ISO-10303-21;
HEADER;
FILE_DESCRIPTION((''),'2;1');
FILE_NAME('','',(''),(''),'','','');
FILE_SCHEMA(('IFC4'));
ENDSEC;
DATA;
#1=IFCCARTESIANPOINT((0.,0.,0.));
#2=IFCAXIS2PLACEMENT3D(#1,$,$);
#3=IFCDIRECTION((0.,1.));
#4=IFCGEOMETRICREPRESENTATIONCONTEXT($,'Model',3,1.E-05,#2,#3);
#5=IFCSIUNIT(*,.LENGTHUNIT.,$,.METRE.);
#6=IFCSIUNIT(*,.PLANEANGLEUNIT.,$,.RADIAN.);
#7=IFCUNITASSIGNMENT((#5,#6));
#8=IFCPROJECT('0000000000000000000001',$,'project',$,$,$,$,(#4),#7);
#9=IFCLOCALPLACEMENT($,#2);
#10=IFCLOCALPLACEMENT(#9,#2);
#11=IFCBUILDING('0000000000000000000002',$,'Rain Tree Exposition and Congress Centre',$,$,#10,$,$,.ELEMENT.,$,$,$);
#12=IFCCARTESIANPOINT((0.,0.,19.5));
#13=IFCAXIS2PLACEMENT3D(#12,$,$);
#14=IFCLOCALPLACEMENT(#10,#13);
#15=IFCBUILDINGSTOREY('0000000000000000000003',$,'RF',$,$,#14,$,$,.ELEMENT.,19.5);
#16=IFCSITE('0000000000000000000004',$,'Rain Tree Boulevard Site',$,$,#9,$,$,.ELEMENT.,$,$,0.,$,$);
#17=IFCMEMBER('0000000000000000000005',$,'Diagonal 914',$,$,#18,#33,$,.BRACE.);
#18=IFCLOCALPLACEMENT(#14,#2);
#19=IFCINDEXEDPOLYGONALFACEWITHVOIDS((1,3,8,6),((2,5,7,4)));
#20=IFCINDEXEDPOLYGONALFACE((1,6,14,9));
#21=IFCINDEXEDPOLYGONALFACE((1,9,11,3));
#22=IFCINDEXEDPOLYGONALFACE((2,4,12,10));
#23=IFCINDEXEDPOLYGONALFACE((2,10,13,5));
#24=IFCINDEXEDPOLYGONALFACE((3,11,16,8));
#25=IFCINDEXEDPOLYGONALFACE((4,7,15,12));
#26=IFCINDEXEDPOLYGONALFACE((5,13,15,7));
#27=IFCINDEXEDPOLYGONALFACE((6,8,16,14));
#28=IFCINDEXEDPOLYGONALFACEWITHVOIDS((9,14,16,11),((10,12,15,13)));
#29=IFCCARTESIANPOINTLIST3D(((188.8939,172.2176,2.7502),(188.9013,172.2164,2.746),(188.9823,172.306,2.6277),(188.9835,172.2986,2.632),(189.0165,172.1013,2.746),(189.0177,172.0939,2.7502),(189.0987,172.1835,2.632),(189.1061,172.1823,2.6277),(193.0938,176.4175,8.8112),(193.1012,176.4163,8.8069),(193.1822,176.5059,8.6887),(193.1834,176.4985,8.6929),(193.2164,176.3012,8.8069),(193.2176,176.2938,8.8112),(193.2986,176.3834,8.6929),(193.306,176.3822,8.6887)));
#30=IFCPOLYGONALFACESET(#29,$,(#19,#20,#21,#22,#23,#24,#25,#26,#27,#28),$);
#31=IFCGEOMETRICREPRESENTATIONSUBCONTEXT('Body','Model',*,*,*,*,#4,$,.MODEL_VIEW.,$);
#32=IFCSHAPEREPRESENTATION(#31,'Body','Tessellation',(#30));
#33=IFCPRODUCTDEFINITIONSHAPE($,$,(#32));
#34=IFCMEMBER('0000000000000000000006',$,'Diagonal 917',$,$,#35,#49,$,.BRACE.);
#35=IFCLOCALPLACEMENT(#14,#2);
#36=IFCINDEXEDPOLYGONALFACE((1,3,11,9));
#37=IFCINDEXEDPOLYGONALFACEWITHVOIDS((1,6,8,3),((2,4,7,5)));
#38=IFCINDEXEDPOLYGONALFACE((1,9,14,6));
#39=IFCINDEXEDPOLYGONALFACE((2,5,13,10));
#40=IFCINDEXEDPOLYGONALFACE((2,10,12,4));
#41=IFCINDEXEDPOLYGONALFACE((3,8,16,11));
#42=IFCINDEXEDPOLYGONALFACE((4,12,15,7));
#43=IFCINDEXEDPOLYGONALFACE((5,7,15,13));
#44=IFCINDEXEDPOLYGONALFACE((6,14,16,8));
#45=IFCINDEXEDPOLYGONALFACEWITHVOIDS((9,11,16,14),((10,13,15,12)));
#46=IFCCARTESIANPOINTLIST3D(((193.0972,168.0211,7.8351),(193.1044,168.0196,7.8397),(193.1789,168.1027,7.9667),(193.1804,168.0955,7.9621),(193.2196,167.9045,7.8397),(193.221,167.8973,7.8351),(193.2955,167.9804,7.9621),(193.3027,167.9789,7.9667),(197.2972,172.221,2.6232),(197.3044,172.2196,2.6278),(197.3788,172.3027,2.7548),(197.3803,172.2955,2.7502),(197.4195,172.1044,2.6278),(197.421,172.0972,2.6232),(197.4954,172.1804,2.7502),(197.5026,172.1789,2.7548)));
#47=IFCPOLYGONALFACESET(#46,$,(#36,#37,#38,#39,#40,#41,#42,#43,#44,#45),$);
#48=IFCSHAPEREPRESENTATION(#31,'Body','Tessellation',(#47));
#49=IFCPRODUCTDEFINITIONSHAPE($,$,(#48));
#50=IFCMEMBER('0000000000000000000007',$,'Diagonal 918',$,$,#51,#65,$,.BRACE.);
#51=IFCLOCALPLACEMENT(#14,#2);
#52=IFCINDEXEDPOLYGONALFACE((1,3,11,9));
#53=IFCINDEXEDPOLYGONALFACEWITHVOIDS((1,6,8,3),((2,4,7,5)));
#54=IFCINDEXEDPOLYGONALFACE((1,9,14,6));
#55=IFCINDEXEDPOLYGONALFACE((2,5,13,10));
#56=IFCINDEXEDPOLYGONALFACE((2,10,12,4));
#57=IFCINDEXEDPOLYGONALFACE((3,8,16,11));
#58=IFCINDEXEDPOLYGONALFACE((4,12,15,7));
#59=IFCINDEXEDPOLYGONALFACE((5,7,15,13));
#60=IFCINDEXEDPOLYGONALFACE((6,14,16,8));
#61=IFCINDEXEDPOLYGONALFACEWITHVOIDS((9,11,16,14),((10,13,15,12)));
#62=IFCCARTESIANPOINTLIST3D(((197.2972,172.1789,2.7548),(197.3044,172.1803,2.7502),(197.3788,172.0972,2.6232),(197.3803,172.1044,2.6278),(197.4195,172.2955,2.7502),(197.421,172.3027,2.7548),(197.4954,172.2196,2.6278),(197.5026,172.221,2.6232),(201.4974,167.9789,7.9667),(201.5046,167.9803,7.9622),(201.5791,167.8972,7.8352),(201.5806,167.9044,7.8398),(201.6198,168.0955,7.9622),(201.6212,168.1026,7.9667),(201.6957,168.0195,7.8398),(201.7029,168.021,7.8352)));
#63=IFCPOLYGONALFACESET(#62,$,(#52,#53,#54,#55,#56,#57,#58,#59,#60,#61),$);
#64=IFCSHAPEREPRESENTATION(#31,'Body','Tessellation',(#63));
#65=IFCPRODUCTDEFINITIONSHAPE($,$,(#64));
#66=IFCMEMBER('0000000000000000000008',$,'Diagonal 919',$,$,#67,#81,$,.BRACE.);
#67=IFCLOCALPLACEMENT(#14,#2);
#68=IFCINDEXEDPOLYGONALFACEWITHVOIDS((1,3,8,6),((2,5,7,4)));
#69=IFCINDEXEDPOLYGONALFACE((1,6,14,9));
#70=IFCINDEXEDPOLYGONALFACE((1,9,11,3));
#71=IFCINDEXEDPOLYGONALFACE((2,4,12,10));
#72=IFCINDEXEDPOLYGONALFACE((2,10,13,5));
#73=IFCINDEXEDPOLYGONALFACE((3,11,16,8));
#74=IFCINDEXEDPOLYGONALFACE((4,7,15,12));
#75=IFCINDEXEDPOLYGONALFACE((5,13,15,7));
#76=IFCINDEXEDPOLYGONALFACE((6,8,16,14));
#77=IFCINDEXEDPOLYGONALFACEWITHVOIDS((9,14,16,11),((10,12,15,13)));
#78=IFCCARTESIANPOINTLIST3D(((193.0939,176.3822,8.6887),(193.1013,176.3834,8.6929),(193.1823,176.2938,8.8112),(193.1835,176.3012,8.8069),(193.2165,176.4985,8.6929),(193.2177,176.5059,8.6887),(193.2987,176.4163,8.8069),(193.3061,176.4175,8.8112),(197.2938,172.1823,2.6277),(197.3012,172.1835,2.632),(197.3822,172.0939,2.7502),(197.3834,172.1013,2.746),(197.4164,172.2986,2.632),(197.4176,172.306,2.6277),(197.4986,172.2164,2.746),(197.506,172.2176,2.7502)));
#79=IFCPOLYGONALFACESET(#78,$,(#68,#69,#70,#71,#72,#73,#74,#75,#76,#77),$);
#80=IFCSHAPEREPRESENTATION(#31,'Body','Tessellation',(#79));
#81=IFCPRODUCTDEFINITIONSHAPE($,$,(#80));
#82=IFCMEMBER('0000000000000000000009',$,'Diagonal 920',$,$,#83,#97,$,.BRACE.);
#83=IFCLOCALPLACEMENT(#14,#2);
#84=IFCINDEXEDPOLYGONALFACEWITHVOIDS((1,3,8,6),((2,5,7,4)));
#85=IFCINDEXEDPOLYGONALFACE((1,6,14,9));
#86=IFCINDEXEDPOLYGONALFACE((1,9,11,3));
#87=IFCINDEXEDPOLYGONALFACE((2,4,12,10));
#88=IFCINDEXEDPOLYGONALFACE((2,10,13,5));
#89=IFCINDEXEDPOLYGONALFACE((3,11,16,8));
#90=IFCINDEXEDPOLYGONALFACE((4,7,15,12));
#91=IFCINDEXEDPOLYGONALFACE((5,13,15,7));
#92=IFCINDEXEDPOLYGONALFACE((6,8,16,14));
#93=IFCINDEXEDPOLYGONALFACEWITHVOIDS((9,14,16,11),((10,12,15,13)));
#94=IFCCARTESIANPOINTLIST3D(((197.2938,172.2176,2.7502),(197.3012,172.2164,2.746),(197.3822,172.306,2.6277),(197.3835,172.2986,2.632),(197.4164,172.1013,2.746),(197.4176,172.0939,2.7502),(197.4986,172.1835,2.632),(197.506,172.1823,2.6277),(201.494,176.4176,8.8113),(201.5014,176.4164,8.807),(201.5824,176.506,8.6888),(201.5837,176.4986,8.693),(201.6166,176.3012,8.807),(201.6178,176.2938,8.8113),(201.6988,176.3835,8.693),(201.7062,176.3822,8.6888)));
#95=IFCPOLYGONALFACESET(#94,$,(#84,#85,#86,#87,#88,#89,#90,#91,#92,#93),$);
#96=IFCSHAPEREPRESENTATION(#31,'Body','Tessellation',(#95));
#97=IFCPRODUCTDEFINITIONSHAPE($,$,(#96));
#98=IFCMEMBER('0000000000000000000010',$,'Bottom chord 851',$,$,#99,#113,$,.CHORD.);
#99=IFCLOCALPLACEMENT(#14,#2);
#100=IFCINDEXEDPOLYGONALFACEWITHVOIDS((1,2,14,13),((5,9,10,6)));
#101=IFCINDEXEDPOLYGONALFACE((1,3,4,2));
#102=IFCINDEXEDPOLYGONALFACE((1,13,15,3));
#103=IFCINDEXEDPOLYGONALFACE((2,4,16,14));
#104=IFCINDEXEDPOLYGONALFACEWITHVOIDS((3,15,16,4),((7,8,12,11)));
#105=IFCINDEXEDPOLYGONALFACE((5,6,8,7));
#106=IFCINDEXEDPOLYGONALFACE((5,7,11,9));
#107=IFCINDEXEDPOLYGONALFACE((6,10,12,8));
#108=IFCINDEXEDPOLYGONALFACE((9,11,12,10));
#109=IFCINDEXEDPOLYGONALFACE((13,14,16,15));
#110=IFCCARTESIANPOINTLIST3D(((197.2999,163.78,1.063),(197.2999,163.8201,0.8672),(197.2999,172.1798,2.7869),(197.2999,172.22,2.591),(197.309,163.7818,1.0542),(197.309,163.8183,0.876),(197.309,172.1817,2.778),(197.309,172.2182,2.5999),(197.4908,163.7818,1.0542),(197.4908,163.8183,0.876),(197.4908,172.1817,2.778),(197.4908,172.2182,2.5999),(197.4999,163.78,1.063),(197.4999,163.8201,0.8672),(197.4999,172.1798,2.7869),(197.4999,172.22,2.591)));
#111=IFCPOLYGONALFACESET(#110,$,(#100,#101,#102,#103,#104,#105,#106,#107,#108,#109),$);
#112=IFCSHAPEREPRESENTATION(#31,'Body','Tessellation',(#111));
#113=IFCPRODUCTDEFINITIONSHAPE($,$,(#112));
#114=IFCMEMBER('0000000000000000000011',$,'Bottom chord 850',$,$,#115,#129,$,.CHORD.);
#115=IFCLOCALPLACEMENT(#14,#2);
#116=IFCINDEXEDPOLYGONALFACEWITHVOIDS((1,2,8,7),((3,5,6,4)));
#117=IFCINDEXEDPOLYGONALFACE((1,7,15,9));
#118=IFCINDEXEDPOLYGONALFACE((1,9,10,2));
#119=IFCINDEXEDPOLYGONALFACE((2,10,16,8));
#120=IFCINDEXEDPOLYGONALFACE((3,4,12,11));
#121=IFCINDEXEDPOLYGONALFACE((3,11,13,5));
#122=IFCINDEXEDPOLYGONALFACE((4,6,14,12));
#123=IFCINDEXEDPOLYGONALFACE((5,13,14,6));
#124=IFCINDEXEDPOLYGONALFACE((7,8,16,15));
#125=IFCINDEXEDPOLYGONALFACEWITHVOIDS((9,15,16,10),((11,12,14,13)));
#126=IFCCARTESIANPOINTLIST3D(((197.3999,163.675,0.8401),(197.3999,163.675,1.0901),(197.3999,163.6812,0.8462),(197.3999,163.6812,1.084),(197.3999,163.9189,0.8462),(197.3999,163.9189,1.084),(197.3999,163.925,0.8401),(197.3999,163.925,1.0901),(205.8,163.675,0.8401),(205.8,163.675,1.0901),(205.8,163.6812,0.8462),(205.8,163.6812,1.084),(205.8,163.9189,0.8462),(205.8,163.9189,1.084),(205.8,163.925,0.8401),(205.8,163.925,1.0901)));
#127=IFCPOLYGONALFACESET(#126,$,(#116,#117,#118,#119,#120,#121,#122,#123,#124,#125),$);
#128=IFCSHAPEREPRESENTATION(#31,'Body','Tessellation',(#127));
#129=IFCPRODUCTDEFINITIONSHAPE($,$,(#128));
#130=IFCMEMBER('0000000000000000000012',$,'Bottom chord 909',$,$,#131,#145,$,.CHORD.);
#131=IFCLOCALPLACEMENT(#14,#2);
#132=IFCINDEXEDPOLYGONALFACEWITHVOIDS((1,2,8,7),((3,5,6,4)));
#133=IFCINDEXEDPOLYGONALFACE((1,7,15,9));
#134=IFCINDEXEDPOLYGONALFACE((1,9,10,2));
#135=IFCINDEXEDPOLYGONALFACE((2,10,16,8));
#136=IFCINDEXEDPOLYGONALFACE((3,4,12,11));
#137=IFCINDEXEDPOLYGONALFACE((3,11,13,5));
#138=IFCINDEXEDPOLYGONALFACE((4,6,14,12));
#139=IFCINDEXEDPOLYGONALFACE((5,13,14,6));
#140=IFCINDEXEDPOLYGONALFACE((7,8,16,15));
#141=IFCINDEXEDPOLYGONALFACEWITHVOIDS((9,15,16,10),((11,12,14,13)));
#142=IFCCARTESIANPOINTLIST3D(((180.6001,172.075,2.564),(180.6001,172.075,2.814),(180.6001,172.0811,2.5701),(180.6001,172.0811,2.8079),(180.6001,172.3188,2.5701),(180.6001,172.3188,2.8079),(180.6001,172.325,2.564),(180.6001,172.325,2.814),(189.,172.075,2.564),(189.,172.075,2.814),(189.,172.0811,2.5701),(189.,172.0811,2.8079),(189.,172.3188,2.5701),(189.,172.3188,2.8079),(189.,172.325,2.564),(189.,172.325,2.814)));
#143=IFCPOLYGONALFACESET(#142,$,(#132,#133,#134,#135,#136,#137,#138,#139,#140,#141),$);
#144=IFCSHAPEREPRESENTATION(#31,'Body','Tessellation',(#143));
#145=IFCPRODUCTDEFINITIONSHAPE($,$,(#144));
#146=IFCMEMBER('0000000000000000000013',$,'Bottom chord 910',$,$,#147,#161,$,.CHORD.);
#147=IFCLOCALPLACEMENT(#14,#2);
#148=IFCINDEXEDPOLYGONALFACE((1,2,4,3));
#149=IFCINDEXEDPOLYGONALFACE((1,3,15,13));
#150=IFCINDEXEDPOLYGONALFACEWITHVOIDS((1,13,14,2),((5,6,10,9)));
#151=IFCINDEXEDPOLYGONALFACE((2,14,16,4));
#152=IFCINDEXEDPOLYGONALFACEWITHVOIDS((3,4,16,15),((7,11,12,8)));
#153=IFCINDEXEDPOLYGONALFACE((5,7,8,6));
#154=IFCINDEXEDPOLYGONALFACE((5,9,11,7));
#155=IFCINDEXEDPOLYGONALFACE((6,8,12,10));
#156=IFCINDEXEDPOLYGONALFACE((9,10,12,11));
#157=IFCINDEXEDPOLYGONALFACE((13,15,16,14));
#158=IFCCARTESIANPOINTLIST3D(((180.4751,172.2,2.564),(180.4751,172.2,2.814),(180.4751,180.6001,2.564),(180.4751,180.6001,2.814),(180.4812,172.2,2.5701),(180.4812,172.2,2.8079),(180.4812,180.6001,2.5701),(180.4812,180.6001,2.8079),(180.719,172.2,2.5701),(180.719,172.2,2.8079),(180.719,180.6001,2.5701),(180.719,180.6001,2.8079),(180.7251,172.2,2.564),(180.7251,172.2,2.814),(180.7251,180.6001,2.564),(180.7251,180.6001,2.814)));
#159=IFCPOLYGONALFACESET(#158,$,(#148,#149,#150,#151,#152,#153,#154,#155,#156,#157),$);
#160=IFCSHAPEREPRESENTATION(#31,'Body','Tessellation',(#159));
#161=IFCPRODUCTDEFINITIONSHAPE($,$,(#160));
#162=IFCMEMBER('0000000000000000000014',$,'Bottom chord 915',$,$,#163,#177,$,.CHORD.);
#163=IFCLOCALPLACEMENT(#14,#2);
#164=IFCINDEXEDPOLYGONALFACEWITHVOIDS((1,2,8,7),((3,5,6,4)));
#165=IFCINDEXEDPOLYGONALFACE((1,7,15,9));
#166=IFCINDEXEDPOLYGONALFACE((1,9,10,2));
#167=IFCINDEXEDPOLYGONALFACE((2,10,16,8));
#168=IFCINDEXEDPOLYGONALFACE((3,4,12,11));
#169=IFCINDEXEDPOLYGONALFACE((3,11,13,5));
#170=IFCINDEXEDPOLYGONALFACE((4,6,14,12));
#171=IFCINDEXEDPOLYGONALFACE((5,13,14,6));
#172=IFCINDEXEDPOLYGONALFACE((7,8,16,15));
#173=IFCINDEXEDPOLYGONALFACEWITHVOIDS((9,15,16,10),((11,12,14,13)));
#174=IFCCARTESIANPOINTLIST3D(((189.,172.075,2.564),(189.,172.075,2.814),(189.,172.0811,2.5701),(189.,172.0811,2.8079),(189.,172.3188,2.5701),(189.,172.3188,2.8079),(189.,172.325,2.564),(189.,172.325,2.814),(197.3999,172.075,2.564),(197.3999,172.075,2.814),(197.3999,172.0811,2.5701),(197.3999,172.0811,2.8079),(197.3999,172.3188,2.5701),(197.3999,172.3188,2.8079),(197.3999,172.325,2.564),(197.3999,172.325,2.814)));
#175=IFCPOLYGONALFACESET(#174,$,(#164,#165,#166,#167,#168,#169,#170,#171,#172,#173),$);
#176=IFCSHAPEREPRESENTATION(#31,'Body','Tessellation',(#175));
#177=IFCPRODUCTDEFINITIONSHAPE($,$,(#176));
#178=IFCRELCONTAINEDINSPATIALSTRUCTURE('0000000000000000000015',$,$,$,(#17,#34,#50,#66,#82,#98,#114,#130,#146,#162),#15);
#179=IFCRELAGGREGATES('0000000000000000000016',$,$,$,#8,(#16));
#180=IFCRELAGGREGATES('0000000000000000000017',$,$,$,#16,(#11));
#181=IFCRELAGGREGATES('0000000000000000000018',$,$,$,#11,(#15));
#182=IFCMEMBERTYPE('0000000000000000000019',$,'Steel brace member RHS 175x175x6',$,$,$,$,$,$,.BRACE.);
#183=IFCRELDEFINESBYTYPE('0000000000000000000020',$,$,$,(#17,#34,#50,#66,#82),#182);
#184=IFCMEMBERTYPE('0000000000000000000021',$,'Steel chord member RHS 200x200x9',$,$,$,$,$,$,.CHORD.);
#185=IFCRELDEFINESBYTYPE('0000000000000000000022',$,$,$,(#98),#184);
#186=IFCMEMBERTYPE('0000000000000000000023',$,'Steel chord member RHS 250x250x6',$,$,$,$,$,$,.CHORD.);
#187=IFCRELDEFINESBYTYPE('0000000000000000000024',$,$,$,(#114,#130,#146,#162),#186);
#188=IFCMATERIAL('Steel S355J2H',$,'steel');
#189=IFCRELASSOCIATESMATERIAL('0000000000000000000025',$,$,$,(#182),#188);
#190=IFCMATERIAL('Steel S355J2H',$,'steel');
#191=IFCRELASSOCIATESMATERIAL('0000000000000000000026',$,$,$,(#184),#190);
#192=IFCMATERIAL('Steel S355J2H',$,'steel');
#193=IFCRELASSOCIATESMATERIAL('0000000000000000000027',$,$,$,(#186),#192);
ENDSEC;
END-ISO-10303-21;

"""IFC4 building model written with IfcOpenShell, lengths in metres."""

from ifc_helpers import new_model, si_unit, direction, frame, origin, origin_2d, place, context, subcontext, project, spatial, hollow_rectangle, extrude, material, material_profile, profile_set, type_object, element, save


model = new_model("IFC4")

# Units and contexts
model_context = context("Model", 3, precision=1e-05, world=origin(), true_north=direction((0.0, 1.0)))
body_context = subcontext(model_context, "Body", "Model", "MODEL_VIEW")
ifc_project = project(units=[si_unit("LENGTHUNIT", "METRE"), si_unit("PLANEANGLEUNIT", "RADIAN")], contexts=[model_context])

# Site, building, storey
site_placement = place(None, origin())
site = spatial("IfcSite", under=ifc_project, at=site_placement, Name="Rain Tree Boulevard Site", CompositionType="ELEMENT", RefElevation=0.0)
building_placement = place(site_placement, origin())
building = spatial("IfcBuilding", under=site, at=building_placement, Name="Rain Tree Exposition and Congress Centre", CompositionType="ELEMENT")
storey_placement = place(building_placement, frame((0.0, 0.0, 19.5)))
storey = spatial("IfcBuildingStorey", under=building, at=storey_placement, Name="RF", CompositionType="ELEMENT", Elevation=19.5)

# Members
ifc_material_1 = material(Name="Steel S355J2H", Category="steel")
ifc_material_profile_1 = material_profile(ifc_material_1, hollow_rectangle(XDim=0.175, YDim=0.175, WallThickness=0.0061, at=origin_2d()), Name="RHS 175x175x6")
ifc_profile_set_1 = profile_set([ifc_material_profile_1], Name="Steel S355J2H")
member_type_1 = type_object("IfcMemberType", Name="Steel brace member RHS 175x175x6", PredefinedType="BRACE", material=ifc_profile_set_1)
for number, where, z_axis, x_axis, name in (
    (1, (189.0, 172.2, 2.689), (0.494916, 0.494916, 0.714224), (-0.707107, 0.707107, 0.0), "Diagonal 914"),
):
    element("IfcMember", number, at=place(storey_placement, frame(where, z_axis=z_axis, x_axis=x_axis)), inside=storey, type_object=member_type_1, Name=name, PredefinedType="BRACE", context=body_context, shape_type="SweptSolid", body=[
        extrude(hollow_rectangle(XDim=0.175, YDim=0.175, WallThickness=0.0061, at=origin_2d()), origin(), (0.0, 0.0, 1.0), 8.4861),
    ])
member_1_placement = place(storey_placement, frame((197.3999, 172.2, 2.689), z_axis=(-0.531498, -0.531498, 0.65956), x_axis=(0.707107, -0.707107, 0.0)))
element("IfcMember", 2, at=member_1_placement, inside=storey, type_object=member_type_1, Name="Diagonal 917", PredefinedType="BRACE", context=body_context, shape_type="SweptSolid", body=[
    extrude(hollow_rectangle(XDim=0.175, YDim=0.175, WallThickness=0.0061, at=origin_2d()), origin(), (0.0, 0.0, 1.0), 7.9021),
])
member_2_placement = place(storey_placement, frame((197.3999, 172.2, 2.689), z_axis=(0.53152, -0.531489, 0.65955), x_axis=(0.707086, 0.707127, 0.0)))
element("IfcMember", 3, at=member_2_placement, inside=storey, type_object=member_type_1, Name="Diagonal 918", PredefinedType="BRACE", context=body_context, shape_type="SweptSolid", body=[
    extrude(hollow_rectangle(XDim=0.175, YDim=0.175, WallThickness=0.0061, at=origin_2d()), origin(), (0.0, 0.0, 1.0), 7.9023),
])
member_3_placement = place(storey_placement, frame((197.3999, 172.2, 2.689), z_axis=(-0.494916, 0.494916, 0.714224), x_axis=(-0.707107, -0.707107, 0.0)))
element("IfcMember", 4, at=member_3_placement, inside=storey, type_object=member_type_1, Name="Diagonal 919", PredefinedType="BRACE", context=body_context, shape_type="SweptSolid", body=[
    extrude(hollow_rectangle(XDim=0.175, YDim=0.175, WallThickness=0.0061, at=origin_2d()), origin(), (0.0, 0.0, 1.0), 8.4861),
])
member_4_placement = place(storey_placement, frame((197.3999, 172.2, 2.689), z_axis=(0.494938, 0.494909, 0.714214), x_axis=(-0.707086, 0.707127, 0.0)))
element("IfcMember", 5, at=member_4_placement, inside=storey, type_object=member_type_1, Name="Diagonal 920", PredefinedType="BRACE", context=body_context, shape_type="SweptSolid", body=[
    extrude(hollow_rectangle(XDim=0.175, YDim=0.175, WallThickness=0.0061, at=origin_2d()), origin(), (0.0, 0.0, 1.0), 8.4863),
])
ifc_material_2 = material(Name="Steel S355J2H", Category="steel")
ifc_material_profile_2 = material_profile(ifc_material_2, hollow_rectangle(XDim=0.2, YDim=0.2, WallThickness=0.009, at=origin_2d()), Name="RHS 200x200x9")
ifc_profile_set_2 = profile_set([ifc_material_profile_2], Name="Steel S355J2H")
member_type_2 = type_object("IfcMemberType", Name="Steel chord member RHS 200x200x9", PredefinedType="CHORD", material=ifc_profile_set_2)
member_5_placement = place(storey_placement, frame((197.3999, 163.8, 0.9651), z_axis=(0.0, 0.979584, 0.201036), x_axis=(-1.0, 0.0, 0.0)))
element("IfcMember", 6, at=member_5_placement, inside=storey, type_object=member_type_2, Name="Bottom chord 851", PredefinedType="CHORD", context=body_context, shape_type="SweptSolid", body=[
    extrude(hollow_rectangle(XDim=0.2, YDim=0.2, WallThickness=0.009, at=origin_2d()), origin(), (0.0, 0.0, 1.0), 8.575),
])
ifc_material_3 = material(Name="Steel S355J2H", Category="steel")
ifc_material_profile_3 = material_profile(ifc_material_3, hollow_rectangle(XDim=0.25, YDim=0.25, WallThickness=0.0061, at=origin_2d()), Name="RHS 250x250x6")
ifc_profile_set_3 = profile_set([ifc_material_profile_3], Name="Steel S355J2H")
member_type_3 = type_object("IfcMemberType", Name="Steel chord member RHS 250x250x6", PredefinedType="CHORD", material=ifc_profile_set_3)
member_6_placement = place(storey_placement, frame((197.3999, 163.8, 0.9651), z_axis=(1.0, 0.0, 0.0), x_axis=(0.0, 1.0, 0.0)))
element("IfcMember", 7, at=member_6_placement, inside=storey, type_object=member_type_3, Name="Bottom chord 850", PredefinedType="CHORD", context=body_context, shape_type="SweptSolid", body=[
    extrude(hollow_rectangle(XDim=0.25, YDim=0.25, WallThickness=0.0061, at=origin_2d()), origin(), (0.0, 0.0, 1.0), 8.4001),
])
member_7_placement = place(storey_placement, frame((180.6001, 172.2, 2.689), z_axis=(1.0, 0.0, 0.0), x_axis=(0.0, 1.0, 0.0)))
element("IfcMember", 8, at=member_7_placement, inside=storey, type_object=member_type_3, Name="Bottom chord 909", PredefinedType="CHORD", context=body_context, shape_type="SweptSolid", body=[
    extrude(hollow_rectangle(XDim=0.25, YDim=0.25, WallThickness=0.0061, at=origin_2d()), origin(), (0.0, 0.0, 1.0), 8.3999),
])
member_8_placement = place(storey_placement, frame((180.6001, 172.2, 2.689), z_axis=(0.0, 1.0, 0.0), x_axis=(-1.0, 0.0, 0.0)))
element("IfcMember", 9, at=member_8_placement, inside=storey, type_object=member_type_3, Name="Bottom chord 910", PredefinedType="CHORD", context=body_context, shape_type="SweptSolid", body=[
    extrude(hollow_rectangle(XDim=0.25, YDim=0.25, WallThickness=0.0061, at=origin_2d()), origin(), (0.0, 0.0, 1.0), 8.4001),
])
member_9_placement = place(storey_placement, frame((189.0, 172.2, 2.689), z_axis=(1.0, 0.0, 0.0), x_axis=(0.0, 1.0, 0.0)))
element("IfcMember", 10, at=member_9_placement, inside=storey, type_object=member_type_3, Name="Bottom chord 915", PredefinedType="CHORD", context=body_context, shape_type="SweptSolid", body=[
    extrude(hollow_rectangle(XDim=0.25, YDim=0.25, WallThickness=0.0061, at=origin_2d()), origin(), (0.0, 0.0, 1.0), 8.3999),
])

save(model, "model.ifc")
